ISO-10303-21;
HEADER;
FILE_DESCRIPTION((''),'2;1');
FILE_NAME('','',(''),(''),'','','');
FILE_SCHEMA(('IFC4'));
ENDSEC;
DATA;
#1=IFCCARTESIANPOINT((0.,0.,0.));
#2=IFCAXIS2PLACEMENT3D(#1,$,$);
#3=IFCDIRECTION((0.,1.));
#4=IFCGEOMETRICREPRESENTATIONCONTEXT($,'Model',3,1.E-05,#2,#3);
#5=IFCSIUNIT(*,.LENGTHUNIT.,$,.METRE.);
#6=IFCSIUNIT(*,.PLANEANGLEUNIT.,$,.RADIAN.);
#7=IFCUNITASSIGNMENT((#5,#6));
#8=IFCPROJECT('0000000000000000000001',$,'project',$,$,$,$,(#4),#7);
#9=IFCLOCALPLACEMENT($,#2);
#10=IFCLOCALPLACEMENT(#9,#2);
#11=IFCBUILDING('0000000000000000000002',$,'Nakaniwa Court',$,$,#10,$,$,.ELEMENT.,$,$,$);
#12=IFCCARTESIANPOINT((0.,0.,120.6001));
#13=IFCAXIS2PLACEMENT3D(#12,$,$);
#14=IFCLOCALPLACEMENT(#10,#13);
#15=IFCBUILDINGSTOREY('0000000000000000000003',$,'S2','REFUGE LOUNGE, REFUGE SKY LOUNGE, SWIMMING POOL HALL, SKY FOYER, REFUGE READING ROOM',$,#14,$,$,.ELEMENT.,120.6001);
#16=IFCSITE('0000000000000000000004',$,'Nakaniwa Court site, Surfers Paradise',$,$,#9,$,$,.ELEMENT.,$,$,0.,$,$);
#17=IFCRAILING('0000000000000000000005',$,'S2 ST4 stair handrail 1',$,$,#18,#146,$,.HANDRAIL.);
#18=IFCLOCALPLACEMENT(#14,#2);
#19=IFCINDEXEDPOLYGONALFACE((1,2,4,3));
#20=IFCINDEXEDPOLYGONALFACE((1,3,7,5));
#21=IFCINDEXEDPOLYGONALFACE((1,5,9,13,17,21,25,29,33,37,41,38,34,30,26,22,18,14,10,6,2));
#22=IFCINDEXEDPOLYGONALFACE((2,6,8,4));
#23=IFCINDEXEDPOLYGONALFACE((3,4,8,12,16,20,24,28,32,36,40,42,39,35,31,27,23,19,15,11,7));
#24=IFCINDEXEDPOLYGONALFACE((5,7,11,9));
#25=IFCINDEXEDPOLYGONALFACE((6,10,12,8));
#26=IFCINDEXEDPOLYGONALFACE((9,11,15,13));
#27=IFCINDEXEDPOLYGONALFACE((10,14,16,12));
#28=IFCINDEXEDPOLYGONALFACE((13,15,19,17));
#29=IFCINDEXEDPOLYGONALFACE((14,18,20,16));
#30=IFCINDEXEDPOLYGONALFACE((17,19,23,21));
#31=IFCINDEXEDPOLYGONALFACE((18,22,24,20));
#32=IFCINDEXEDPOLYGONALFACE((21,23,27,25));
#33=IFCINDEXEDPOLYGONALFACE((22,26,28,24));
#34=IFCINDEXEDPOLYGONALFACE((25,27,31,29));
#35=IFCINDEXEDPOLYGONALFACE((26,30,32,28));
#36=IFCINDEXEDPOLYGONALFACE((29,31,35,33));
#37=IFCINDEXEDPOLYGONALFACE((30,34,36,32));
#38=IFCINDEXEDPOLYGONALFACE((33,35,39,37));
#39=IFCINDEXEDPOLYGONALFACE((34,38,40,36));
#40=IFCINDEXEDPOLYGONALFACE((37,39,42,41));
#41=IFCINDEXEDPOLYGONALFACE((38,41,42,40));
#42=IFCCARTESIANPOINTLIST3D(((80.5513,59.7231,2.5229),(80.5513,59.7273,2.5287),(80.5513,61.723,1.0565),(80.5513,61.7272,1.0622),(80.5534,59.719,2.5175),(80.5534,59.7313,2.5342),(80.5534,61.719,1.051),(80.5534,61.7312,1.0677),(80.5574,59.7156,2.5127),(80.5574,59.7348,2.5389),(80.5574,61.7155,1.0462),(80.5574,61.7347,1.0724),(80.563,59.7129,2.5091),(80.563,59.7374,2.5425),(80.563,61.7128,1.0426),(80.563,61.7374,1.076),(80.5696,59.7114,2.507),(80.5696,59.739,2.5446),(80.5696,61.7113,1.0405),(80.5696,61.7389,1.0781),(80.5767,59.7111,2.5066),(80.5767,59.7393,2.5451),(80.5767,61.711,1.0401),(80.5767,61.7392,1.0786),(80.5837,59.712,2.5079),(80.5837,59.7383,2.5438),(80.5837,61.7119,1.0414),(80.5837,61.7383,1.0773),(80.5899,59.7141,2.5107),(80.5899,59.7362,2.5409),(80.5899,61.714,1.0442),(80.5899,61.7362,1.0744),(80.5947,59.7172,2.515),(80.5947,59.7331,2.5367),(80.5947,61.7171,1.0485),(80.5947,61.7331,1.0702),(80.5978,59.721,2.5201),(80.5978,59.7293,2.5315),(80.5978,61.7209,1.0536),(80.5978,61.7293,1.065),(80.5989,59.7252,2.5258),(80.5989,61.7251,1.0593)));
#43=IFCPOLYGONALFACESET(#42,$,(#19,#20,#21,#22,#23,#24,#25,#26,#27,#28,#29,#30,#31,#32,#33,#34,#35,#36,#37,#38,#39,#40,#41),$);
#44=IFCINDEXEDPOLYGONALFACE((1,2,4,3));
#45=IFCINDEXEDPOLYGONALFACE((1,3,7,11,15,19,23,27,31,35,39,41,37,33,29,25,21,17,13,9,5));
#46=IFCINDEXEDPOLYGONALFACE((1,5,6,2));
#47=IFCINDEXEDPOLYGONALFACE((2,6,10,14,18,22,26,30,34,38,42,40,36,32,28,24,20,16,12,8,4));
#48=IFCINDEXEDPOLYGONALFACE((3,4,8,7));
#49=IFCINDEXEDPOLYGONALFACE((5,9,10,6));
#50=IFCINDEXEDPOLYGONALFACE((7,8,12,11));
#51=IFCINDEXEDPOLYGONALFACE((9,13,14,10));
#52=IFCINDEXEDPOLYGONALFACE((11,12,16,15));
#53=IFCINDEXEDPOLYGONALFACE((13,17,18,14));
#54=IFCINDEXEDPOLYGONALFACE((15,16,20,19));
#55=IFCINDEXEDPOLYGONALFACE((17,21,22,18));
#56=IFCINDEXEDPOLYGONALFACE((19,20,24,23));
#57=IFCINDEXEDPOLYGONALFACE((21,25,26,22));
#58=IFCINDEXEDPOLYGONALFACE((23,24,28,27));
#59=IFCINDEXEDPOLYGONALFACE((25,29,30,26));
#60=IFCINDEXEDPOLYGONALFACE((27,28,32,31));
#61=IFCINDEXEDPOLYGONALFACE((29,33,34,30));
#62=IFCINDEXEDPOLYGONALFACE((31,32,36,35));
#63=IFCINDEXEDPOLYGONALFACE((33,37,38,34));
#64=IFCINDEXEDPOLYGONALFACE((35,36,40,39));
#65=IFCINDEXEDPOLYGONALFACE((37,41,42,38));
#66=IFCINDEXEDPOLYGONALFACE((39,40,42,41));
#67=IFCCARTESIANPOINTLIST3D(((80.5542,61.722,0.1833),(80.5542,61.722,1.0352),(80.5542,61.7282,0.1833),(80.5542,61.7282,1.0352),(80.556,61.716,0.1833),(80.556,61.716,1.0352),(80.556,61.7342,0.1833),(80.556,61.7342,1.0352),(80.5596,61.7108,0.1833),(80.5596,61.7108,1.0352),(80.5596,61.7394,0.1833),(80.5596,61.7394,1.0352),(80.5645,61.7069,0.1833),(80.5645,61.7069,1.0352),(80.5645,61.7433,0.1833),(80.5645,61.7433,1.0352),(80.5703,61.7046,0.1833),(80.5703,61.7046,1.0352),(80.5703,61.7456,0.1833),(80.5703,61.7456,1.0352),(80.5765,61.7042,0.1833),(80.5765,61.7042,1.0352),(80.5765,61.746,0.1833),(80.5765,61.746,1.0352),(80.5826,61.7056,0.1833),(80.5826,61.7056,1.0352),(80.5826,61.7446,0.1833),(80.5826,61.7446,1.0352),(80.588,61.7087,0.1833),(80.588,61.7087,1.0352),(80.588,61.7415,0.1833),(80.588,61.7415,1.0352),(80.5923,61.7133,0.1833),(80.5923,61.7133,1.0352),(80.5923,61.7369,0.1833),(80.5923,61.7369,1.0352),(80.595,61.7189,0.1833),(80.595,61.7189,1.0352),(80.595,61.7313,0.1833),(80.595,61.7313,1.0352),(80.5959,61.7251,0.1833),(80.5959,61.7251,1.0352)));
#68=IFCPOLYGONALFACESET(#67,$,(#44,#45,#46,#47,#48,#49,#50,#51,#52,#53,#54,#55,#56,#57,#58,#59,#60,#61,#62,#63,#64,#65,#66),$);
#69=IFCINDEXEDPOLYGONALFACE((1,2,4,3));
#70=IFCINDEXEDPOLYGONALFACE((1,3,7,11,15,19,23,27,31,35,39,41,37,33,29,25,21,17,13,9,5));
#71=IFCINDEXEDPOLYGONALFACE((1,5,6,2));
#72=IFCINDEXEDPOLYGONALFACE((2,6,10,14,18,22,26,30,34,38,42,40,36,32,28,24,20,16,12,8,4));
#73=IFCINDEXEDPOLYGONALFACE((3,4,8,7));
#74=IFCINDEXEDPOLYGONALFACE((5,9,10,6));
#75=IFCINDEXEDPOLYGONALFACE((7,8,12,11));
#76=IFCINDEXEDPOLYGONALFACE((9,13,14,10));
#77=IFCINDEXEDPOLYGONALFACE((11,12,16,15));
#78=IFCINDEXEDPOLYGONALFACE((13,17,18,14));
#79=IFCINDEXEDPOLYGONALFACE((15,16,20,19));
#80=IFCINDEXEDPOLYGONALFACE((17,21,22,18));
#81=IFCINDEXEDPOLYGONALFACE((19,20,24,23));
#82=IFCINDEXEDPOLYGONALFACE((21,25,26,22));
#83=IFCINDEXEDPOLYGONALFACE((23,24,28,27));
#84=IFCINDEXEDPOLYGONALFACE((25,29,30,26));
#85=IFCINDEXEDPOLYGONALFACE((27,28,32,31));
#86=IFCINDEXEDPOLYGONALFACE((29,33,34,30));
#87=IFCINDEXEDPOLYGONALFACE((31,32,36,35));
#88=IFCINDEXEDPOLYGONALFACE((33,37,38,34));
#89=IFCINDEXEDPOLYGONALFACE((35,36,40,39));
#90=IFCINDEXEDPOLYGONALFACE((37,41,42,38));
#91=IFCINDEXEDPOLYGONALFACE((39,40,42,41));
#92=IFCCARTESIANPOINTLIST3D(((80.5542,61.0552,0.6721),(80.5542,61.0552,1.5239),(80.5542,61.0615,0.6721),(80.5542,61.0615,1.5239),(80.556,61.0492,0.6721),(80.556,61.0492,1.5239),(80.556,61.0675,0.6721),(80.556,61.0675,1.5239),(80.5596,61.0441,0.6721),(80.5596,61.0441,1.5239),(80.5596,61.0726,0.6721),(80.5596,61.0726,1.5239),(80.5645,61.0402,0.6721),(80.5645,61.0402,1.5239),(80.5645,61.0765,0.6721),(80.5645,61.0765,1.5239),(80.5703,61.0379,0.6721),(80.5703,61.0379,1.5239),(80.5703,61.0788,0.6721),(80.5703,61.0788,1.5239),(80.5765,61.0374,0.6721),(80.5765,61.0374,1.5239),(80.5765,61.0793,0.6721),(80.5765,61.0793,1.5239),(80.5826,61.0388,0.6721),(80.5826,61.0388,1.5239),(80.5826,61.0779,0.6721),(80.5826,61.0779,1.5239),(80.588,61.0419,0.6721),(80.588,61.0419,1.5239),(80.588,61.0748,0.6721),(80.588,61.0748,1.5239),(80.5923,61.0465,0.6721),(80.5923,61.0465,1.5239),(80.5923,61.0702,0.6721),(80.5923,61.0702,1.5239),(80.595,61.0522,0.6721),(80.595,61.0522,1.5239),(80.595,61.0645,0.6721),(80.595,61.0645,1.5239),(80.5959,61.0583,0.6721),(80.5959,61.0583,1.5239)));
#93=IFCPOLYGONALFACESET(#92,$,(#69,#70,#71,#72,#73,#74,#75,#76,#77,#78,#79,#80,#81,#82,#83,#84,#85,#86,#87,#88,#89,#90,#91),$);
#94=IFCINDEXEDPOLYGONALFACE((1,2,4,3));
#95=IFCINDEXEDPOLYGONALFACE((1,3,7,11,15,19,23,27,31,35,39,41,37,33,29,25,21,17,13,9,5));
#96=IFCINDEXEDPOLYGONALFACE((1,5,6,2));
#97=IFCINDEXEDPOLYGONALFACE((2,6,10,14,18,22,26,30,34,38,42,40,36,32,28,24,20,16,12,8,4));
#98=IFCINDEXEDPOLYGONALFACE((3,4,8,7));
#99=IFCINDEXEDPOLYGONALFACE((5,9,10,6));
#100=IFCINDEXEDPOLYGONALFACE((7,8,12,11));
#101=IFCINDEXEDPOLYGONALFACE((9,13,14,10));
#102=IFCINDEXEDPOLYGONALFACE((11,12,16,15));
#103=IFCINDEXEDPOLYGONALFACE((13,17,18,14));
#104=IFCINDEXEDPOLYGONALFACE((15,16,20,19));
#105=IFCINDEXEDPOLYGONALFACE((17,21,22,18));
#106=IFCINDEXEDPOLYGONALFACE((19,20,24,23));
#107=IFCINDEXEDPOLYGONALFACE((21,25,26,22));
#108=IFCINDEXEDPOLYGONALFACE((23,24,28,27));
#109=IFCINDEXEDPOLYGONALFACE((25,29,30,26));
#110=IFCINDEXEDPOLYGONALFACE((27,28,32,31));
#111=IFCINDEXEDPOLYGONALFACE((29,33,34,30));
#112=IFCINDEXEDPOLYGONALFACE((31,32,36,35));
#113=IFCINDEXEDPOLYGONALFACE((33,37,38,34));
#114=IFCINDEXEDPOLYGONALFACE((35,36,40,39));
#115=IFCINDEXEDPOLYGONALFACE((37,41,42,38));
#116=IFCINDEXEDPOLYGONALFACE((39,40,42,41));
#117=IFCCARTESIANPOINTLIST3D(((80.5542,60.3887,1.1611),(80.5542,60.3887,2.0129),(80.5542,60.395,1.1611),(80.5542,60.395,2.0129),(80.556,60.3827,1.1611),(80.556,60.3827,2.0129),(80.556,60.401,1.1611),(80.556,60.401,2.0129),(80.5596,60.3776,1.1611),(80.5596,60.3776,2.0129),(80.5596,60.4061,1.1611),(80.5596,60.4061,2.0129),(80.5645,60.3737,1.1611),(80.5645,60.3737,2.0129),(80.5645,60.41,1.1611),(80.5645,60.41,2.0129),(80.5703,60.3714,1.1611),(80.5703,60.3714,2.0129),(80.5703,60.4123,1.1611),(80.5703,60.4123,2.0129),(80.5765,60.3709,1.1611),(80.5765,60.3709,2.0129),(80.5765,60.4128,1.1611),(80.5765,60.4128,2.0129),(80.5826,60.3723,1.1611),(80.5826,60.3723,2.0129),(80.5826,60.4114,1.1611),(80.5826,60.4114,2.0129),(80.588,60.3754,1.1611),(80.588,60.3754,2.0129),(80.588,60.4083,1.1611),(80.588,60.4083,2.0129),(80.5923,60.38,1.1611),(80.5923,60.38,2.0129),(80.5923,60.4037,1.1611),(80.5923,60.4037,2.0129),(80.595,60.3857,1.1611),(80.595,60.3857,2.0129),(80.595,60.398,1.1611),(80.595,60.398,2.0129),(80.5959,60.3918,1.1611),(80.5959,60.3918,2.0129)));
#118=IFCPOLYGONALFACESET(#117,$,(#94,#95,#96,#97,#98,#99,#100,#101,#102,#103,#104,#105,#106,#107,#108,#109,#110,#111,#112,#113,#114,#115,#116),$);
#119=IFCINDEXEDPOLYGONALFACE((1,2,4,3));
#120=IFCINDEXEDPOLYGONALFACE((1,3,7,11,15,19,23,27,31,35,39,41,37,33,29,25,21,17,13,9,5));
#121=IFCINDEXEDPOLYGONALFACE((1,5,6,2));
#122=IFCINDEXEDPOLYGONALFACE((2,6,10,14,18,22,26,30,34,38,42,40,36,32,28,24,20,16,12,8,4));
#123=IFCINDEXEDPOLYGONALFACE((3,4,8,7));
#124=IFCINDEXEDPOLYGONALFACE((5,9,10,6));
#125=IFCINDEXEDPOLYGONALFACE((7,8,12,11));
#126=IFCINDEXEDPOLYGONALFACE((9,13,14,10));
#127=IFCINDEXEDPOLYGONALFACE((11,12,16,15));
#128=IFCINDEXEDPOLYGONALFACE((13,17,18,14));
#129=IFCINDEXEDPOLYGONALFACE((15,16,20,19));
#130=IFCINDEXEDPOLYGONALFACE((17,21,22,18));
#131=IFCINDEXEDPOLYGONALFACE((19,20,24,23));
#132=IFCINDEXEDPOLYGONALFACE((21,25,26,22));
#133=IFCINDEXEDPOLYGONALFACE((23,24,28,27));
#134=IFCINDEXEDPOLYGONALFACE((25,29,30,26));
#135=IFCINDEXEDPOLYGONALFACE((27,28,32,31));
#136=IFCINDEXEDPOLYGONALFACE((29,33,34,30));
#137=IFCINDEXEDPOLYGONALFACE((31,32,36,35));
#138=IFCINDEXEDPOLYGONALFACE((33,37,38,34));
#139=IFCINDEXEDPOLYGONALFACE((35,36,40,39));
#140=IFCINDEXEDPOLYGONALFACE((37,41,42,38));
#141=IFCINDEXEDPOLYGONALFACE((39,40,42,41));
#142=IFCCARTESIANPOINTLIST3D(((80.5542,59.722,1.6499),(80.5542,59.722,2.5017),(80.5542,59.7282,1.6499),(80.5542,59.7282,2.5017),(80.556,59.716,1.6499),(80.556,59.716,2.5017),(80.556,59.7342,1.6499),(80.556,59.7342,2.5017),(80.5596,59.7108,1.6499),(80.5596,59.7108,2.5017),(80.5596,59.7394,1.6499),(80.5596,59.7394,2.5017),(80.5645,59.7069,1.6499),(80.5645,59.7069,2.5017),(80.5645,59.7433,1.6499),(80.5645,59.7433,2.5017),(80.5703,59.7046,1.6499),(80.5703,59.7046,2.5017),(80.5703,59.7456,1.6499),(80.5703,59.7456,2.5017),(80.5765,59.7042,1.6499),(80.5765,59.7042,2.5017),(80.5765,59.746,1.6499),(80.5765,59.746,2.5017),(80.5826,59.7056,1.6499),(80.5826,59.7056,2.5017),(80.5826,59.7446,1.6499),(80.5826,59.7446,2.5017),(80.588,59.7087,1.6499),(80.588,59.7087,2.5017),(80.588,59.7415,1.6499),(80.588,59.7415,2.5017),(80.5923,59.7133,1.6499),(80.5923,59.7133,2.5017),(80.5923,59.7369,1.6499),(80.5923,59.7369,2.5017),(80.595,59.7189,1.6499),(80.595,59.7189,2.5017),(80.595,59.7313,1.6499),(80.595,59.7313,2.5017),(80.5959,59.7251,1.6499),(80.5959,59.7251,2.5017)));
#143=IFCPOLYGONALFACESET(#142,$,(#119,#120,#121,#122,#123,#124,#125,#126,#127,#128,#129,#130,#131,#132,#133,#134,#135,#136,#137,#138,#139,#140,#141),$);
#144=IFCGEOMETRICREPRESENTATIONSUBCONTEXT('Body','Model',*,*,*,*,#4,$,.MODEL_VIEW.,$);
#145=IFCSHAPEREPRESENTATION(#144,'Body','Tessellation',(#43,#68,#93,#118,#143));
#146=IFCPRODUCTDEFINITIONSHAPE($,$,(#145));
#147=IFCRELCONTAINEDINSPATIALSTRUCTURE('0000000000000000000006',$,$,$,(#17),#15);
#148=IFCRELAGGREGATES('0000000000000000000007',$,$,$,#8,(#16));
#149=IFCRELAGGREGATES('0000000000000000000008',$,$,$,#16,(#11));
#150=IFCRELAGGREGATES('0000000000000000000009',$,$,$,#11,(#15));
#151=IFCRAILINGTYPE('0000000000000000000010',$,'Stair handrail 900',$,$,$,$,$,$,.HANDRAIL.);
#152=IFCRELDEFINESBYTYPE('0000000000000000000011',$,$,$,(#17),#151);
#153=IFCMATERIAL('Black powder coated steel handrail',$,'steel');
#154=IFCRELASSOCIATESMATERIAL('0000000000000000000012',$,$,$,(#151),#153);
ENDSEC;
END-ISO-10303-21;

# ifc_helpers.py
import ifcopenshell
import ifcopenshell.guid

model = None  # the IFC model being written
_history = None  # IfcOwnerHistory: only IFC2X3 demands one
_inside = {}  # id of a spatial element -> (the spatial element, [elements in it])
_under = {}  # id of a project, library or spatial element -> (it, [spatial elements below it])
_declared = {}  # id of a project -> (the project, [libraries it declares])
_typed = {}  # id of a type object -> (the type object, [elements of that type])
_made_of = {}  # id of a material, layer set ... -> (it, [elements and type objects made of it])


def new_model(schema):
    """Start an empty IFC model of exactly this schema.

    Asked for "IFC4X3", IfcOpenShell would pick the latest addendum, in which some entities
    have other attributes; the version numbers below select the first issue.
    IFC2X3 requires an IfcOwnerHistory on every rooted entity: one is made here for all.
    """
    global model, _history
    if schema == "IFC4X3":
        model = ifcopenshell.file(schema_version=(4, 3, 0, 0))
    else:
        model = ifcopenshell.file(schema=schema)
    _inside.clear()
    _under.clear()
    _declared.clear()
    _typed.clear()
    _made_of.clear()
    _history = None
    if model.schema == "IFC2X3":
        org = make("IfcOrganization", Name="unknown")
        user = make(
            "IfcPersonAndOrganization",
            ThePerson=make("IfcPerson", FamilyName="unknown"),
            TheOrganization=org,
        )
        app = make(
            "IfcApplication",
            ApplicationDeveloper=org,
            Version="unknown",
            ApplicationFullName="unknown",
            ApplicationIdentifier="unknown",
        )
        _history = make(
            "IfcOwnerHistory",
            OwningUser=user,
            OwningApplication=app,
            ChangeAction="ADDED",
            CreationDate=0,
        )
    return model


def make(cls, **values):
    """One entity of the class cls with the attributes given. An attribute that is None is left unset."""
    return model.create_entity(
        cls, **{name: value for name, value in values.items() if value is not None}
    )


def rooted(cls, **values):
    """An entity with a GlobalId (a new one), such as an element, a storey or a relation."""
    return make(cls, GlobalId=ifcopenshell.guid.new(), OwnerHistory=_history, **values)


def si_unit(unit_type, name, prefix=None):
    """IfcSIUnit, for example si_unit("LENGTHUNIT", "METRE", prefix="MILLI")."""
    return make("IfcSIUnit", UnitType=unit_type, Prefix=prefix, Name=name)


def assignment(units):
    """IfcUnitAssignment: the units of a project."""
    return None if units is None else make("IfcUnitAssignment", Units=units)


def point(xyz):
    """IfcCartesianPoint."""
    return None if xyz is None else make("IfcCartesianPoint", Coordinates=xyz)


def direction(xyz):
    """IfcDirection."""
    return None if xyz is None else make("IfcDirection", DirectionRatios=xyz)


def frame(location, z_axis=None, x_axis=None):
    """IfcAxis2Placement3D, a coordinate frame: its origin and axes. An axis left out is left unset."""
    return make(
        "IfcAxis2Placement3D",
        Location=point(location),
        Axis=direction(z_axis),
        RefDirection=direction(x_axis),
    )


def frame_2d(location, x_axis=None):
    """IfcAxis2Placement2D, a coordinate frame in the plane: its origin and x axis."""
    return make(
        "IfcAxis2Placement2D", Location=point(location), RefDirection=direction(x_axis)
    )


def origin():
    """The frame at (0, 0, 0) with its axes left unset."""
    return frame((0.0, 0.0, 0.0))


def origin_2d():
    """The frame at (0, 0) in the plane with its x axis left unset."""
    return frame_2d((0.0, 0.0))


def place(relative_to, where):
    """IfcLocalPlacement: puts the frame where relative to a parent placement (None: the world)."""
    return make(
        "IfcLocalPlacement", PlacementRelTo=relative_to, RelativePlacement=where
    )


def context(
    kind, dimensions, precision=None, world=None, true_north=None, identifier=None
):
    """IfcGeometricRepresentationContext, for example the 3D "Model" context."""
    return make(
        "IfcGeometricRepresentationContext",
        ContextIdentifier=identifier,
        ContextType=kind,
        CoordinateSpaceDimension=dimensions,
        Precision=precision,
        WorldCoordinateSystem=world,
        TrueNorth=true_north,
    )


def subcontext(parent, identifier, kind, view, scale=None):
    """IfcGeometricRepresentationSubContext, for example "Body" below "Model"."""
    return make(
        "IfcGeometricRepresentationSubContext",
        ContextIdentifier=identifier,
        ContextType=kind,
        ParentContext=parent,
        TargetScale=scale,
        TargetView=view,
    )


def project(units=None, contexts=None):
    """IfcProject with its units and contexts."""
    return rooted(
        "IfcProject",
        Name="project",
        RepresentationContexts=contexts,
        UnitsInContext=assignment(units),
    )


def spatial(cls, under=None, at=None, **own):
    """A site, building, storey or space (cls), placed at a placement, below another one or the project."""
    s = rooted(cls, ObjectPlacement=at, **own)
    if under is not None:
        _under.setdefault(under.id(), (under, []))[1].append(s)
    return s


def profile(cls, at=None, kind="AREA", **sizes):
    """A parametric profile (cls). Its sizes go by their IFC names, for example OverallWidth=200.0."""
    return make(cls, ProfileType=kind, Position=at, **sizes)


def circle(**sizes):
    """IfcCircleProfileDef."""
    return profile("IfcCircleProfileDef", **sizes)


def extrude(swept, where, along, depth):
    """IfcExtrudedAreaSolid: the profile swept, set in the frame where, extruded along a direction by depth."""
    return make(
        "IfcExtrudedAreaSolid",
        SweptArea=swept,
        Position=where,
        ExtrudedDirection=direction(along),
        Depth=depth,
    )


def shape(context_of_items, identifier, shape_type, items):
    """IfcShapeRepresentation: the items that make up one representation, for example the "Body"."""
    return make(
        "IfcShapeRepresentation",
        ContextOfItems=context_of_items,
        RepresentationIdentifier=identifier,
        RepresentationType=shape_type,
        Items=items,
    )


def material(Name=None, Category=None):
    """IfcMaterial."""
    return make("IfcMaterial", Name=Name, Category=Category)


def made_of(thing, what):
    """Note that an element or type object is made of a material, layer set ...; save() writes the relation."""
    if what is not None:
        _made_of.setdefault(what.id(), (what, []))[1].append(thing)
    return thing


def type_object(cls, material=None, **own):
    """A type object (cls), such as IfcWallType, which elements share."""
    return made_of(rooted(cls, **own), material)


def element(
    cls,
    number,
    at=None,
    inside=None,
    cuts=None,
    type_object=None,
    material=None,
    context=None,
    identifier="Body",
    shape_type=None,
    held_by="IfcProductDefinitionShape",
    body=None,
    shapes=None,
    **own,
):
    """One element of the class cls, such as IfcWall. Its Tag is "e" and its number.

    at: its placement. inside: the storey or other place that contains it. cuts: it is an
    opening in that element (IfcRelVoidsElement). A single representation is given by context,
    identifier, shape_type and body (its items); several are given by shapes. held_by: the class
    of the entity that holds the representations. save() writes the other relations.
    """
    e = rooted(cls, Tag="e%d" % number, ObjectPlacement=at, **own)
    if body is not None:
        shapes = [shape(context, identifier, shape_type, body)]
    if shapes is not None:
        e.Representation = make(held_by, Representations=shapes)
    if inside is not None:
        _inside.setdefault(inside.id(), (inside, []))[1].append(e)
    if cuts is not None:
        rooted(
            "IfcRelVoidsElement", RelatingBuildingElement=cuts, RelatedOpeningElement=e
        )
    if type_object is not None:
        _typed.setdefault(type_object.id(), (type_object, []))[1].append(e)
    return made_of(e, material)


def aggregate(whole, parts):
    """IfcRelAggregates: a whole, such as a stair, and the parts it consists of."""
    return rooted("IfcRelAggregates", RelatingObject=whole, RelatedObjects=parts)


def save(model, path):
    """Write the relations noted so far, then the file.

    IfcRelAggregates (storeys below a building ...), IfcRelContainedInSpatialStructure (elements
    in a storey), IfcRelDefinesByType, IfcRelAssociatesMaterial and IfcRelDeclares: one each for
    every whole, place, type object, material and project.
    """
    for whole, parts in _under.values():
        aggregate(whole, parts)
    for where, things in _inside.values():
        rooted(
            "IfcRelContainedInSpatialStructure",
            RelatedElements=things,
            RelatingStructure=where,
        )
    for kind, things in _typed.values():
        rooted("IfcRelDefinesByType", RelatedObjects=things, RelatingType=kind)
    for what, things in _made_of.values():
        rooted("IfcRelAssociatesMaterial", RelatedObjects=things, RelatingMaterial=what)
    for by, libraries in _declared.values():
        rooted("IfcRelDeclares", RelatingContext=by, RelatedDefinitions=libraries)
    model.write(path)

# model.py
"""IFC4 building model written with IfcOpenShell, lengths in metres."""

from ifc_helpers import new_model, si_unit, direction, frame, origin, origin_2d, place, context, subcontext, project, spatial, circle, extrude, material, type_object, element, save


model = new_model("IFC4")

# Units and contexts
model_context = context("Model", 3, precision=1e-05, world=origin(), true_north=direction((0.0, 1.0)))
body_context = subcontext(model_context, "Body", "Model", "MODEL_VIEW")
ifc_project = project(units=[si_unit("LENGTHUNIT", "METRE"), si_unit("PLANEANGLEUNIT", "RADIAN")], contexts=[model_context])

# Site, building, storey
site_placement = place(None, origin())
site = spatial("IfcSite", under=ifc_project, at=site_placement, Name="Nakaniwa Court site, Surfers Paradise", CompositionType="ELEMENT", RefElevation=0.0)
building_placement = place(site_placement, origin())
building = spatial("IfcBuilding", under=site, at=building_placement, Name="Nakaniwa Court", CompositionType="ELEMENT")
storey_placement = place(building_placement, frame((0.0, 0.0, 120.6001)))
storey = spatial("IfcBuildingStorey", under=building, at=storey_placement, Name="S2", Description="REFUGE LOUNGE, REFUGE SKY LOUNGE, SWIMMING POOL HALL, SKY FOYER, REFUGE READING ROOM", CompositionType="ELEMENT", Elevation=120.6001)

# Railing
ifc_material_1 = material(Name="Black powder coated steel handrail", Category="steel")
railing_type_1 = type_object("IfcRailingType", Name="Stair handrail 900", PredefinedType="HANDRAIL", material=ifc_material_1)
railing_1_placement = place(storey_placement, frame((80.575, 61.7251, 0.1833)))
element("IfcRailing", 1, at=railing_1_placement, inside=storey, type_object=railing_type_1, Name="S2 ST4 stair handrail 1", PredefinedType="HANDRAIL", context=body_context, shape_type="SweptSolid", body=[
    extrude(circle(Radius=0.0239, at=origin_2d()), frame((0.0, 0.0, 0.876), z_axis=(0.0, -0.806427, 0.591334), x_axis=(1.0, 0.0, 0.0)), (0.0, 0.0, 1.0), 2.48),
    extrude(circle(Radius=0.021, at=origin_2d()), origin(), (0.0, 0.0, 1.0), 0.8518),
    extrude(circle(Radius=0.021, at=origin_2d()), frame((0.0, -0.6667, 0.4888)), (0.0, 0.0, 1.0), 0.8518),
    extrude(circle(Radius=0.021, at=origin_2d()), frame((0.0, -1.3333, 0.9778)), (0.0, 0.0, 1.0), 0.8518),
    extrude(circle(Radius=0.021, at=origin_2d()), frame((0.0, -2.0, 1.4666)), (0.0, 0.0, 1.0), 0.8518),
])

save(model, "model.ifc")
